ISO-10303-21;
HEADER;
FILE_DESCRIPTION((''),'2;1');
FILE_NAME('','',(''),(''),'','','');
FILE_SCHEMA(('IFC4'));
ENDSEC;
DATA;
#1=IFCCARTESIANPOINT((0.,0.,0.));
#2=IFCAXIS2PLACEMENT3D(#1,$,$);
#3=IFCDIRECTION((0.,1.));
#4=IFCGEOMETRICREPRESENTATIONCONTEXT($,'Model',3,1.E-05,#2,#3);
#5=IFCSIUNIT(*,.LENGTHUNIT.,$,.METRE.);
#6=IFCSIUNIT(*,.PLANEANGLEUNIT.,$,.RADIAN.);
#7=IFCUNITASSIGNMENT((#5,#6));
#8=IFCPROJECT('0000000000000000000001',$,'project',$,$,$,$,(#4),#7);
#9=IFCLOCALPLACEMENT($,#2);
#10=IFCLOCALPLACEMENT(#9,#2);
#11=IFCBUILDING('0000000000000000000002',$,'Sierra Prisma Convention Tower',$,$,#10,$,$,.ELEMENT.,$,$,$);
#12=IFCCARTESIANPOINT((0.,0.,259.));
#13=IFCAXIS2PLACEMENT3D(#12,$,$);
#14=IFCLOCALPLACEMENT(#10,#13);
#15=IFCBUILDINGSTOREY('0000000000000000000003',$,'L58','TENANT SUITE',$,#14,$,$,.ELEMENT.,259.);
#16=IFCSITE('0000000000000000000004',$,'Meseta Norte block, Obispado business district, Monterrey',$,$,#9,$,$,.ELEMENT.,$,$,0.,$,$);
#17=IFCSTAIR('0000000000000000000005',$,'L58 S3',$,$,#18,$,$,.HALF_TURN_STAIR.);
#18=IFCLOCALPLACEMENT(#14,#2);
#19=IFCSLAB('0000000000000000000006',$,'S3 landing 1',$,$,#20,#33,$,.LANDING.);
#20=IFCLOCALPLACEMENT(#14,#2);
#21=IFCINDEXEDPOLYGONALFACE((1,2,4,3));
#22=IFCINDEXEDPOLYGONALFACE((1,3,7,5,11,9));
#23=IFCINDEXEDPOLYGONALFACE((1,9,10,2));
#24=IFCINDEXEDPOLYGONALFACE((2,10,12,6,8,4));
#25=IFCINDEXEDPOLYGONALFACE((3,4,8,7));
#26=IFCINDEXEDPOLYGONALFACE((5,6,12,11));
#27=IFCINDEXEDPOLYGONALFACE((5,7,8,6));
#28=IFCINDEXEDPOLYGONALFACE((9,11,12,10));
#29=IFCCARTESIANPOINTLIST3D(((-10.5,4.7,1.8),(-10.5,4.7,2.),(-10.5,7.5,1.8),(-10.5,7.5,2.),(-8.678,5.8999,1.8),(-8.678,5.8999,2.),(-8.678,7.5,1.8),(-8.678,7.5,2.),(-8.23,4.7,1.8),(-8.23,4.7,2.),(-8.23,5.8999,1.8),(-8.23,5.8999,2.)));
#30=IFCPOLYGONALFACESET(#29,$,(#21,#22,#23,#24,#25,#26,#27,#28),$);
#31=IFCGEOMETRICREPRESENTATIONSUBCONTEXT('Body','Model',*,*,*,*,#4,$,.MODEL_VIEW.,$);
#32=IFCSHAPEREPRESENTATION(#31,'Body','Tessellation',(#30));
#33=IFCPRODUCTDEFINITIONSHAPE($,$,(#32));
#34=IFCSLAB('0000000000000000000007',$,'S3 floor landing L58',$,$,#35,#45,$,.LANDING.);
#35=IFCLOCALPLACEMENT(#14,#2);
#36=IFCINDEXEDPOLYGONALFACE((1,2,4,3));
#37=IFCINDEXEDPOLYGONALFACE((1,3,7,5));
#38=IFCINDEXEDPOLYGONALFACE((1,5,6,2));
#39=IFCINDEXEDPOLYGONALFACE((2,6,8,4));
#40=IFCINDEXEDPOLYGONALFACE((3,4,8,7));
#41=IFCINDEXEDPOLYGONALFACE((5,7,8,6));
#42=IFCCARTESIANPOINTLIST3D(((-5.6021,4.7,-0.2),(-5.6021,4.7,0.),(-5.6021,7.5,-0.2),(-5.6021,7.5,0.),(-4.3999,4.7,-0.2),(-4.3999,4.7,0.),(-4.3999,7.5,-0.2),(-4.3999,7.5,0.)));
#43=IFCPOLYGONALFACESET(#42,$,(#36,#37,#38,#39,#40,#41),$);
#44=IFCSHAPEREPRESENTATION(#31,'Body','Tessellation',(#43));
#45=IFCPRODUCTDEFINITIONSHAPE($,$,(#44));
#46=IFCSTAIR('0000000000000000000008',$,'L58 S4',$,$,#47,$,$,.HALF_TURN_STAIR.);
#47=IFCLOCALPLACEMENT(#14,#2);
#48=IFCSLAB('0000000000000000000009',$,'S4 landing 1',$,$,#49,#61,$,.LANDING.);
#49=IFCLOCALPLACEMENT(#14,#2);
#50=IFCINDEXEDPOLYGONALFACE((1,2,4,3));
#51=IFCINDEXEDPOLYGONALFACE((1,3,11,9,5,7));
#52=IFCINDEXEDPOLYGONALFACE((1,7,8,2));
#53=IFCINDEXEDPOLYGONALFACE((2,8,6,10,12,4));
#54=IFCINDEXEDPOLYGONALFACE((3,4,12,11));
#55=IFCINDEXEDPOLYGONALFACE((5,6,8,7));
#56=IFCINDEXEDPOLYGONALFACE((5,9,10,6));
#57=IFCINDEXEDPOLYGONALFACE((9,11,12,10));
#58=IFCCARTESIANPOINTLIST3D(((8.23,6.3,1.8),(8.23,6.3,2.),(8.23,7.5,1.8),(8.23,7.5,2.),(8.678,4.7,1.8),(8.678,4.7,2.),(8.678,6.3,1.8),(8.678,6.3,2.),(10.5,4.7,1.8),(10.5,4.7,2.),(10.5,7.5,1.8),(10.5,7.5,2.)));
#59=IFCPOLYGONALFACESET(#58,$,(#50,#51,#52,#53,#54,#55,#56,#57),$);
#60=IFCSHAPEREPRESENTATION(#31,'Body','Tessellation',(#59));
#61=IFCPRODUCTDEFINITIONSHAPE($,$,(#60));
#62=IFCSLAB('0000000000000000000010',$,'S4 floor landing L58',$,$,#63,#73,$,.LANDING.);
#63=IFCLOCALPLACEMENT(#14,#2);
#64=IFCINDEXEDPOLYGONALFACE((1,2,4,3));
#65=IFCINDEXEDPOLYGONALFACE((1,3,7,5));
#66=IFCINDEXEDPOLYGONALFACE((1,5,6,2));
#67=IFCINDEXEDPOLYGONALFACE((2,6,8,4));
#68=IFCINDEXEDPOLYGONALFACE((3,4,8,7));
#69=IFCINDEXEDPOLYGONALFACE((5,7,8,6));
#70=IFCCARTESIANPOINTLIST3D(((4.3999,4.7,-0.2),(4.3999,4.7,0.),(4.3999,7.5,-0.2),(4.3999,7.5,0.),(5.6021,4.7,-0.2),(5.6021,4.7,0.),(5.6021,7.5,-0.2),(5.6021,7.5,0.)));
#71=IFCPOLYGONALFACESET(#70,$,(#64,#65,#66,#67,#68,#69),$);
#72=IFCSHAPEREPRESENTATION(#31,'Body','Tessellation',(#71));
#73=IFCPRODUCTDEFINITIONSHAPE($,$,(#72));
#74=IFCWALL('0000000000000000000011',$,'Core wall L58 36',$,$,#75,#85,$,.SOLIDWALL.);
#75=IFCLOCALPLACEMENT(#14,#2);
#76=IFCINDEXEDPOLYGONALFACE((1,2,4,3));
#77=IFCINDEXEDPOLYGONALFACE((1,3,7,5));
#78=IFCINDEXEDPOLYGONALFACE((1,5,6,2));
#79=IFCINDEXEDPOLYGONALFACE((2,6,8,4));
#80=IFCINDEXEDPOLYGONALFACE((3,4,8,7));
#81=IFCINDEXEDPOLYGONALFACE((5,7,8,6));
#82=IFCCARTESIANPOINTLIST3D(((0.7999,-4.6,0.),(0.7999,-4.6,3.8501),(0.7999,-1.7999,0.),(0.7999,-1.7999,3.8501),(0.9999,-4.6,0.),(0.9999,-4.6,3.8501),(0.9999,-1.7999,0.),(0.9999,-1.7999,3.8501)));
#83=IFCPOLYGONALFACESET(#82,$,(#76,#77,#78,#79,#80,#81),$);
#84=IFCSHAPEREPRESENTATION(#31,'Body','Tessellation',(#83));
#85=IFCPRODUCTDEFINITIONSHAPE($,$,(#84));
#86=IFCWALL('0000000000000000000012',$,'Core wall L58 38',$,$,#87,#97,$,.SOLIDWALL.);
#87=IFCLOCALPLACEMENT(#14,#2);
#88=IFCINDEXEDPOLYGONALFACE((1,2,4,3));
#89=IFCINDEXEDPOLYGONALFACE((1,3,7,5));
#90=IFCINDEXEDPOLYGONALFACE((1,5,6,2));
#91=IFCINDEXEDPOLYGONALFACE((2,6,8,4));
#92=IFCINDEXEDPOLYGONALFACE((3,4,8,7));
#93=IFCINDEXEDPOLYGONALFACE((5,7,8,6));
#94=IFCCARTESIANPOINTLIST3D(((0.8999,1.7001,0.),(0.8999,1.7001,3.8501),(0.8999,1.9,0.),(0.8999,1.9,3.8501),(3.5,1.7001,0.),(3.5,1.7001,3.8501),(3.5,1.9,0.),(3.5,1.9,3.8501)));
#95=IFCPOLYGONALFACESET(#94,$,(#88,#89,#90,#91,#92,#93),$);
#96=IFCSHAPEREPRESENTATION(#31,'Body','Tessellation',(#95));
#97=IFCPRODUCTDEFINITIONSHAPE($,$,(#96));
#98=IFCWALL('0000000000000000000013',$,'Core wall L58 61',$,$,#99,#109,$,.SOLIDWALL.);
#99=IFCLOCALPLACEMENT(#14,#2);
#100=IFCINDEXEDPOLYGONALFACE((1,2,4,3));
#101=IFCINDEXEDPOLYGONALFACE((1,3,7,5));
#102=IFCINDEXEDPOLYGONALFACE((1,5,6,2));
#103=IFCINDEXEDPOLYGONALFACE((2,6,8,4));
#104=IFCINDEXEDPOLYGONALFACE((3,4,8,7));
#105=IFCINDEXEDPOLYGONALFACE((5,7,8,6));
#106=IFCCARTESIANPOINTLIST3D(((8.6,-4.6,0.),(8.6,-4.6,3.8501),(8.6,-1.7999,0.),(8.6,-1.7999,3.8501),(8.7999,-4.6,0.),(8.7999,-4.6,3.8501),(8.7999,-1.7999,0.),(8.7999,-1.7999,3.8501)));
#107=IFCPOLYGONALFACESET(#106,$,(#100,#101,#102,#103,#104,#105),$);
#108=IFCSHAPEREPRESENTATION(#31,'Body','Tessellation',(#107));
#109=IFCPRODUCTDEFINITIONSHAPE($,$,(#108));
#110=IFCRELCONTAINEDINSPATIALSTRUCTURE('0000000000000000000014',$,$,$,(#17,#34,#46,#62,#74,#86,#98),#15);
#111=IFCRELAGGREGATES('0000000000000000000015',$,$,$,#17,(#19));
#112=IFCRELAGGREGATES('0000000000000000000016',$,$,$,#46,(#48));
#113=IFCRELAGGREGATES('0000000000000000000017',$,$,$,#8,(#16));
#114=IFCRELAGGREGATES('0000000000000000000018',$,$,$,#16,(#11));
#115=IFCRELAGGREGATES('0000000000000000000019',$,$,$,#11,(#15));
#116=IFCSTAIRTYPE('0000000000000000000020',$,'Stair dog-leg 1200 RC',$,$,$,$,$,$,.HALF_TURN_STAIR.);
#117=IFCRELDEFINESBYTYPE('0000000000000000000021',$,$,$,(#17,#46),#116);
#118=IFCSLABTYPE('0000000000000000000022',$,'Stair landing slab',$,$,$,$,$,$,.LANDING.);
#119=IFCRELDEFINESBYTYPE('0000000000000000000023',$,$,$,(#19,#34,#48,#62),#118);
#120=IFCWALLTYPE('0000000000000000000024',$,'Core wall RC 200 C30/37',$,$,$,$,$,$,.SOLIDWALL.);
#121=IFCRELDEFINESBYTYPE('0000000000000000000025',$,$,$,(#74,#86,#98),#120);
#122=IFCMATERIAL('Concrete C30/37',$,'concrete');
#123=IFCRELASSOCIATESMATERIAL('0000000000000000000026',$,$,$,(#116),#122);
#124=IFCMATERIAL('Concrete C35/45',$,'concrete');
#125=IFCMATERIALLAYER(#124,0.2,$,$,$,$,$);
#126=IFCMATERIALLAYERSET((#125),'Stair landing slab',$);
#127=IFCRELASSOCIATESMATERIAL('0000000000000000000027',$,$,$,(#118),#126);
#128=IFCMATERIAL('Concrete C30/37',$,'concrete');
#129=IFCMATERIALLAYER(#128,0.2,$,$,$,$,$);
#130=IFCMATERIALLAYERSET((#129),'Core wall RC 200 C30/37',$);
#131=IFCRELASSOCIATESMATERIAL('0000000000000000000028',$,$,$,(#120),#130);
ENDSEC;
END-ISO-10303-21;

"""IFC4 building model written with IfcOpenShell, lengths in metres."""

from ifc_helpers import new_model, si_unit, direction, frame, frame_2d, origin, place, context, subcontext, project, spatial, polyline, rectangle, outline, extrude, material, layer, layer_set, type_object, element, aggregate, save


model = new_model("IFC4")

# Units and contexts
model_context = context("Model", 3, precision=1e-05, world=origin(), true_north=direction((0.0, 1.0)))
body_context = subcontext(model_context, "Body", "Model", "MODEL_VIEW")
ifc_project = project(units=[si_unit("LENGTHUNIT", "METRE"), si_unit("PLANEANGLEUNIT", "RADIAN")], contexts=[model_context])

# Site, building, storey
site_placement = place(None, origin())
site = spatial("IfcSite", under=ifc_project, at=site_placement, Name="Meseta Norte block, Obispado business district, Monterrey", CompositionType="ELEMENT", RefElevation=0.0)
building_placement = place(site_placement, origin())
building = spatial("IfcBuilding", under=site, at=building_placement, Name="Sierra Prisma Convention Tower", CompositionType="ELEMENT")
storey_placement = place(building_placement, frame((0.0, 0.0, 259.0)))
storey = spatial("IfcBuildingStorey", under=building, at=storey_placement, Name="L58", Description="TENANT SUITE", CompositionType="ELEMENT", Elevation=259.0)

# Stair, slab
ifc_material_1 = material(Name="Concrete C30/37", Category="concrete")
stair_type = type_object("IfcStairType", Name="Stair dog-leg 1200 RC", PredefinedType="HALF_TURN_STAIR", material=ifc_material_1)
stair_1_placement = place(storey_placement, origin())
stair_1 = element("IfcStair", 1, at=stair_1_placement, inside=storey, type_object=stair_type, Name="L58 S3", PredefinedType="HALF_TURN_STAIR")
ifc_material_2 = material(Name="Concrete C35/45", Category="concrete")
ifc_layer_1 = layer(ifc_material_2, 0.2)
ifc_layer_set_1 = layer_set([ifc_layer_1], Name="Stair landing slab")
slab_type = type_object("IfcSlabType", Name="Stair landing slab", PredefinedType="LANDING", material=ifc_layer_set_1)
slab_1_placement = place(storey_placement, frame((0.0, 0.0, 1.8)))
slab_1 = element("IfcSlab", 2, at=slab_1_placement, type_object=slab_type, Name="S3 landing 1", PredefinedType="LANDING", context=body_context, shape_type="SweptSolid", body=[
    extrude(outline(polyline([(-8.23, 5.8999), (-8.23, 4.7), (-10.5, 4.7), (-10.5, 7.5), (-8.678, 7.5), (-8.678, 5.8999), (-8.23, 5.8999)])), origin(), (0.0, 0.0, 1.0), 0.2),
])
aggregate(stair_1, [slab_1])

# Slab
slab_2_placement = place(storey_placement, frame((0.0, 0.0, -0.2)))
element("IfcSlab", 3, at=slab_2_placement, inside=storey, type_object=slab_type, Name="S3 floor landing L58", PredefinedType="LANDING", context=body_context, shape_type="SweptSolid", body=[
    extrude(outline(polyline([(-4.3999, 7.5), (-5.6021, 7.5), (-5.6021, 4.7), (-4.3999, 4.7), (-4.3999, 7.5)])), origin(), (0.0, 0.0, 1.0), 0.2),
])

# Stair, slab
stair_2_placement = place(storey_placement, origin())
stair_2 = element("IfcStair", 4, at=stair_2_placement, inside=storey, type_object=stair_type, Name="L58 S4", PredefinedType="HALF_TURN_STAIR")
slab_3_placement = place(storey_placement, frame((0.0, 0.0, 1.8)))
slab_3 = element("IfcSlab", 5, at=slab_3_placement, type_object=slab_type, Name="S4 landing 1", PredefinedType="LANDING", context=body_context, shape_type="SweptSolid", body=[
    extrude(outline(polyline([(10.5, 7.5), (10.5, 4.7), (8.678, 4.7), (8.678, 6.3), (8.23, 6.3), (8.23, 7.5), (10.5, 7.5)])), origin(), (0.0, 0.0, 1.0), 0.2),
])
aggregate(stair_2, [slab_3])

# Slab
slab_4_placement = place(storey_placement, frame((0.0, 0.0, -0.2)))
element("IfcSlab", 6, at=slab_4_placement, inside=storey, type_object=slab_type, Name="S4 floor landing L58", PredefinedType="LANDING", context=body_context, shape_type="SweptSolid", body=[
    extrude(outline(polyline([(4.3999, 4.7), (5.6021, 4.7), (5.6021, 7.5), (4.3999, 7.5), (4.3999, 4.7)])), origin(), (0.0, 0.0, 1.0), 0.2),
])

# Shared definitions
ifc_material_3 = material(Name="Concrete C30/37", Category="concrete")
ifc_layer_2 = layer(ifc_material_3, 0.2)
ifc_layer_set_2 = layer_set([ifc_layer_2], Name="Core wall RC 200 C30/37")
wall_type = type_object("IfcWallType", Name="Core wall RC 200 C30/37", PredefinedType="SOLIDWALL", material=ifc_layer_set_2)

# Wall
wall_1_placement = place(storey_placement, frame((0.8999, -1.8, 0.0), z_axis=(0.0, 0.0, 1.0), x_axis=(0.0, -1.0, 0.0)))
element("IfcWall", 7, at=wall_1_placement, inside=storey, type_object=wall_type, Name="Core wall L58 36", PredefinedType="SOLIDWALL", context=body_context, shape_type="SweptSolid", body=[
    extrude(rectangle(XDim=2.8, YDim=0.2, at=frame_2d((1.3999, 0.0))), origin(), (0.0, 0.0, 1.0), 3.8501),
])

# Wall
wall_2_placement = place(storey_placement, frame((3.5, 1.8, 0.0), z_axis=(0.0, 0.0, 1.0), x_axis=(-1.0, 0.0, 0.0)))
element("IfcWall", 8, at=wall_2_placement, inside=storey, type_object=wall_type, Name="Core wall L58 38", PredefinedType="SOLIDWALL", context=body_context, shape_type="SweptSolid", body=[
    extrude(rectangle(XDim=2.6001, YDim=0.2, at=frame_2d((1.3, 0.0))), origin(), (0.0, 0.0, 1.0), 3.8501),
])

# Wall
wall_3_placement = place(storey_placement, frame((8.7, -1.8, 0.0), z_axis=(0.0, 0.0, 1.0), x_axis=(0.0, -1.0, 0.0)))
element("IfcWall", 9, at=wall_3_placement, inside=storey, type_object=wall_type, Name="Core wall L58 61", PredefinedType="SOLIDWALL", context=body_context, shape_type="SweptSolid", body=[
    extrude(rectangle(XDim=2.8, YDim=0.2, at=frame_2d((1.3999, 0.0))), origin(), (0.0, 0.0, 1.0), 3.8501),
])

save(model, "model.ifc")
